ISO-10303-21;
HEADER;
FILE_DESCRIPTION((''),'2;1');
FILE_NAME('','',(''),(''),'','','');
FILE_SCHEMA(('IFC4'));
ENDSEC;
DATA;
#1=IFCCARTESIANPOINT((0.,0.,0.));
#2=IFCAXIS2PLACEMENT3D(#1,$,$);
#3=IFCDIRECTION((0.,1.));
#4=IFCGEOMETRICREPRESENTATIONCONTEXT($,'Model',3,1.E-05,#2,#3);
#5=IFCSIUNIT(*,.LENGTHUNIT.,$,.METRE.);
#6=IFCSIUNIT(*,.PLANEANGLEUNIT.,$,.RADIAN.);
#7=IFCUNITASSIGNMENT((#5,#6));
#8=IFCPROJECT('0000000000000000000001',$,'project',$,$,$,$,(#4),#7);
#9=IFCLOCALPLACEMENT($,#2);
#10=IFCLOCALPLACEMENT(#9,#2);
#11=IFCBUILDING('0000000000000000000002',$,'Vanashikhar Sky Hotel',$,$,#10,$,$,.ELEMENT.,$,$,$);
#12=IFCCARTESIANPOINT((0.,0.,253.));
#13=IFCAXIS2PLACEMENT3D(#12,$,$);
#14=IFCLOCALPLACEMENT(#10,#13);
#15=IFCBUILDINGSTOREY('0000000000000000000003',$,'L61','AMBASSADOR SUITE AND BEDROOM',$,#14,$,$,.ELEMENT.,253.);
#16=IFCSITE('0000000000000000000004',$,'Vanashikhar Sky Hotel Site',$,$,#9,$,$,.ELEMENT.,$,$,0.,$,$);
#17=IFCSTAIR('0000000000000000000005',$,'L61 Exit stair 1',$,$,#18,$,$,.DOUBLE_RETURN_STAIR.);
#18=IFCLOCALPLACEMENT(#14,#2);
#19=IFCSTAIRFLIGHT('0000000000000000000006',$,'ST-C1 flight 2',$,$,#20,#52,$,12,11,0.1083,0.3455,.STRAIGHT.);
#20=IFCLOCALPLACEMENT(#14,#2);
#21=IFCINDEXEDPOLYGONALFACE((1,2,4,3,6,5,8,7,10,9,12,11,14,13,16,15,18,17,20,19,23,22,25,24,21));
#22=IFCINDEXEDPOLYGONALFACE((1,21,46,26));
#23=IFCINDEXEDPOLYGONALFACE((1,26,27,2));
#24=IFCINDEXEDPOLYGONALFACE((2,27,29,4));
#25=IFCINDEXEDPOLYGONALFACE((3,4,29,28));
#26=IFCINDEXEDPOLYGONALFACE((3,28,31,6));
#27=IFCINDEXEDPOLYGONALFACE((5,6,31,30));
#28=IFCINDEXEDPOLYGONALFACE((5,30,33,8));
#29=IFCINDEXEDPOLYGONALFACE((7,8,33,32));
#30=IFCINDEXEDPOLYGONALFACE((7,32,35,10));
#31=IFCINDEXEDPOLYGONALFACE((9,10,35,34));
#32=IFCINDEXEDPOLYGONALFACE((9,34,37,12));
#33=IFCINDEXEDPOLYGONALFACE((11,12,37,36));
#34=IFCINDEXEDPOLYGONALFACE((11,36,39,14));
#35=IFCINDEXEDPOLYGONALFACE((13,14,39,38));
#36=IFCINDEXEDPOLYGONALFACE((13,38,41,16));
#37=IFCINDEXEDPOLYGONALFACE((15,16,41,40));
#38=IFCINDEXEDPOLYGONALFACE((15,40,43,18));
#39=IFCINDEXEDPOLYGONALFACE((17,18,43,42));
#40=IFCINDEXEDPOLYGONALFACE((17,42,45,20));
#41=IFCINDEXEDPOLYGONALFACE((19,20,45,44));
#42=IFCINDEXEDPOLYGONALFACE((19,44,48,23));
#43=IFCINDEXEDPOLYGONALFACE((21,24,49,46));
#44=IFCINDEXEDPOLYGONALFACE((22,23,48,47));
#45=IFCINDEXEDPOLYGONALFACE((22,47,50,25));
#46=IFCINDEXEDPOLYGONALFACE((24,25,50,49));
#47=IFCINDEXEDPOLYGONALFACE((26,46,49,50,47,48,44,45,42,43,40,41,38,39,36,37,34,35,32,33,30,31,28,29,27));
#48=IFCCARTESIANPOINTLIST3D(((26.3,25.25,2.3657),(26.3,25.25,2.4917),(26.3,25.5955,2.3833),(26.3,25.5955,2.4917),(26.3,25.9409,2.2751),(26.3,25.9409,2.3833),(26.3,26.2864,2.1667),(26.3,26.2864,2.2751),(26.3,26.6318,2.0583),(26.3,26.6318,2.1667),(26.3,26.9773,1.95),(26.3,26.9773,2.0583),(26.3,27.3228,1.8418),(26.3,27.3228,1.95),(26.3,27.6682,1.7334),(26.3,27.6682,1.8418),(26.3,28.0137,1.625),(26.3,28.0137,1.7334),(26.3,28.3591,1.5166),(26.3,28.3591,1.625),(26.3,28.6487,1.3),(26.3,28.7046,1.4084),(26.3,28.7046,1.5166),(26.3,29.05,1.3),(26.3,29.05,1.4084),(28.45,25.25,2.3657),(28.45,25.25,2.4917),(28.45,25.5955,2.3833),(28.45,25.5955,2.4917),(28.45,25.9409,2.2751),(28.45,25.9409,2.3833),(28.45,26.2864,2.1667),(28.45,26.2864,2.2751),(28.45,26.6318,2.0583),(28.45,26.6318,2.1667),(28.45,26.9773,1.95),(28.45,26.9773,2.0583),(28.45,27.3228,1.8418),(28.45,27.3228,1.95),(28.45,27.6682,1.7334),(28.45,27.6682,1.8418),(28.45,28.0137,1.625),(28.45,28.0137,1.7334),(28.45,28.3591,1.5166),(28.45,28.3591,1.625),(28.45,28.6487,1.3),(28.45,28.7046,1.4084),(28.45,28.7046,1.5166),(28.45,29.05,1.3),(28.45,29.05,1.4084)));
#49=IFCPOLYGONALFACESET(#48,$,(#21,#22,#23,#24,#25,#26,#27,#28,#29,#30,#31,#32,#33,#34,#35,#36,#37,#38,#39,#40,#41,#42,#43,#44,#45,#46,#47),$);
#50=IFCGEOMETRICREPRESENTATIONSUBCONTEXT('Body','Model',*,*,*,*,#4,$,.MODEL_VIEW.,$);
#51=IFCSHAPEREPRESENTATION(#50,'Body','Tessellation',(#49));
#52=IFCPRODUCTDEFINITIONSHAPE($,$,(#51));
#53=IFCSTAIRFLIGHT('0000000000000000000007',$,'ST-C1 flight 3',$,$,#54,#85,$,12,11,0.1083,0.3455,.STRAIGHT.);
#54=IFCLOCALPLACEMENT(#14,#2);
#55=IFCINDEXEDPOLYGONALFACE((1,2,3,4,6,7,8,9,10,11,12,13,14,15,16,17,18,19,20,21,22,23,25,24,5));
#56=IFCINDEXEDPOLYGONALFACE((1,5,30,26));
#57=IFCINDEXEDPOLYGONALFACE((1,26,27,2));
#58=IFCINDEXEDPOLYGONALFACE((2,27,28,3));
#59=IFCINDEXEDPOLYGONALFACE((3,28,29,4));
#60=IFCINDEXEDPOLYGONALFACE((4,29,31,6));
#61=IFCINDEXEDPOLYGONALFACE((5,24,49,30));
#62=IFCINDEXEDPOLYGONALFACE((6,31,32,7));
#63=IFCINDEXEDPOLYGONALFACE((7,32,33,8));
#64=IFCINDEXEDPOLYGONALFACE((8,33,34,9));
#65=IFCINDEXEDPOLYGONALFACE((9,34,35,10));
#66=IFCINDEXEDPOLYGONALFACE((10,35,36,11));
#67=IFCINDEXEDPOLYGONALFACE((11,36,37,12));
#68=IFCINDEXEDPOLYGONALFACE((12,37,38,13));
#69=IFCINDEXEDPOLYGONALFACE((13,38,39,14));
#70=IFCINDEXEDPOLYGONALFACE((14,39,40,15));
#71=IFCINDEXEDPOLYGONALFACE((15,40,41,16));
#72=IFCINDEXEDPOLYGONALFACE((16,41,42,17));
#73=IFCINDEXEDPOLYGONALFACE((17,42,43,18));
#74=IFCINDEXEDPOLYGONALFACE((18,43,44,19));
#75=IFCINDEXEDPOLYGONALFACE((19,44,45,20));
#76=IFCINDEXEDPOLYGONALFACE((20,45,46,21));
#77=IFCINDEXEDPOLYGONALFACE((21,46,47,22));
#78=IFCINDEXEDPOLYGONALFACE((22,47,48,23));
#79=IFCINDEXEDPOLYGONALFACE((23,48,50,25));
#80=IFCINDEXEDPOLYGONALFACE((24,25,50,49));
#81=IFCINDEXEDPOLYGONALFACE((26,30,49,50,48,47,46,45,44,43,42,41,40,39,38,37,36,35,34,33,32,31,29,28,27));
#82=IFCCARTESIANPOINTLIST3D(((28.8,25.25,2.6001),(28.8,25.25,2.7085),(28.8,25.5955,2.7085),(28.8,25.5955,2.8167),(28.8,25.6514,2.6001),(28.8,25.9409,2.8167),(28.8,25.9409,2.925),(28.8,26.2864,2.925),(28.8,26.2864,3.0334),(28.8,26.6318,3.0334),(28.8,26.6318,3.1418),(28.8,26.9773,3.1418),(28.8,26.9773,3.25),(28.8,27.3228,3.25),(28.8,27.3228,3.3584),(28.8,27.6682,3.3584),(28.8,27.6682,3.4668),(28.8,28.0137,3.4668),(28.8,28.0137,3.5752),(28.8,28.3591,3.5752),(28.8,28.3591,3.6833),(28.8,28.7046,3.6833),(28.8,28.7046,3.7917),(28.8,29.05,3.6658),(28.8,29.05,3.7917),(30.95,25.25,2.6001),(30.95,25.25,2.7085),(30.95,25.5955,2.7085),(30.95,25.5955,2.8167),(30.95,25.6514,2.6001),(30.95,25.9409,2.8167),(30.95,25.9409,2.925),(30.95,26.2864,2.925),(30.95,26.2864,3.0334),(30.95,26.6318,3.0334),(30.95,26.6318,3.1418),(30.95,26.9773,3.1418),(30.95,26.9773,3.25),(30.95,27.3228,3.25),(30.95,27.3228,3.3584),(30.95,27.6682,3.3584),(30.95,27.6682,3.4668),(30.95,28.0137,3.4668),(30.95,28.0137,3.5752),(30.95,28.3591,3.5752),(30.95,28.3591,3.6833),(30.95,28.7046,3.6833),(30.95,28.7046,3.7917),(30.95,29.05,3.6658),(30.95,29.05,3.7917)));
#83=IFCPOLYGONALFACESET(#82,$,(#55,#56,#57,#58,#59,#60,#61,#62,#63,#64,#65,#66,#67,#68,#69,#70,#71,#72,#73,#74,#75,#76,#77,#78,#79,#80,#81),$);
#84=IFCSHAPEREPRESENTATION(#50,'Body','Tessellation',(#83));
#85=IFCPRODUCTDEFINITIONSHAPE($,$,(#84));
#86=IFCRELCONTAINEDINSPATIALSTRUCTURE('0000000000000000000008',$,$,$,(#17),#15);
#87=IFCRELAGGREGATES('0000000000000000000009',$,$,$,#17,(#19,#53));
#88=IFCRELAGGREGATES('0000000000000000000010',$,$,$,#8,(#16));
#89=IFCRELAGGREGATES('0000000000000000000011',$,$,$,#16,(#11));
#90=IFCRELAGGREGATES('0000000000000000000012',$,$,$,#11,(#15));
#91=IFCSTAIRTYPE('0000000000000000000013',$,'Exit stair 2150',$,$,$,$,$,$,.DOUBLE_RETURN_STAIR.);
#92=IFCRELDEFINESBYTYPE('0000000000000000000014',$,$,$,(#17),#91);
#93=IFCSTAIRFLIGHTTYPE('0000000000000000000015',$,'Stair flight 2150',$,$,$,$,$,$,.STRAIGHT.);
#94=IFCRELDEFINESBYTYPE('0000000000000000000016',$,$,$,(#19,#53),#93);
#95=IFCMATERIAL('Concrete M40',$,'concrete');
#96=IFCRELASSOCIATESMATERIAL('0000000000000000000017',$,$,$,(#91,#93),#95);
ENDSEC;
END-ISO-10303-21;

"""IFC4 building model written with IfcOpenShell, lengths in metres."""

from ifc_helpers import new_model, si_unit, direction, frame, origin, place, context, subcontext, project, spatial, polyline, outline, extrude, source, transform, mapped, material, type_object, element, aggregate, save


model = new_model("IFC4")

# Units and contexts
model_context = context("Model", 3, precision=1e-05, world=origin(), true_north=direction((0.0, 1.0)))
body_context = subcontext(model_context, "Body", "Model", "MODEL_VIEW")
ifc_project = project(units=[si_unit("LENGTHUNIT", "METRE"), si_unit("PLANEANGLEUNIT", "RADIAN")], contexts=[model_context])

# Site, building, storey
site_placement = place(None, origin())
site = spatial("IfcSite", under=ifc_project, at=site_placement, Name="Vanashikhar Sky Hotel Site", CompositionType="ELEMENT", RefElevation=0.0)
building_placement = place(site_placement, origin())
building = spatial("IfcBuilding", under=site, at=building_placement, Name="Vanashikhar Sky Hotel", CompositionType="ELEMENT")
storey_placement = place(building_placement, frame((0.0, 0.0, 253.0)))
storey = spatial("IfcBuildingStorey", under=building, at=storey_placement, Name="L61", Description="AMBASSADOR SUITE AND BEDROOM", CompositionType="ELEMENT", Elevation=253.0)

# Shared definitions
ifc_material_1 = material(Name="Concrete M40", Category="concrete")

# Stair, stair flights
stair_type = type_object("IfcStairType", Name="Exit stair 2150", PredefinedType="DOUBLE_RETURN_STAIR", material=ifc_material_1)
stair_placement = place(storey_placement, origin())
stair = element("IfcStair", 1, at=stair_placement, inside=storey, type_object=stair_type, Name="L61 Exit stair 1", PredefinedType="DOUBLE_RETURN_STAIR")
stair_flight_type = type_object("IfcStairFlightType", Name="Stair flight 2150", PredefinedType="STRAIGHT", material=ifc_material_1)
shared_shape_1 = source(origin(), body_context, "Body", "SweptSolid", [
    extrude(outline(polyline([(0.0, 0.0), (0.0, 0.1084), (0.3455, 0.1084), (0.3455, 0.2166), (0.6909, 0.2166), (0.6909, 0.325), (1.0364, 0.325), (1.0364, 0.4333), (1.3818, 0.4333), (1.3818, 0.5417), (1.7273, 0.5417), (1.7273, 0.6499), (2.0728, 0.6499), (2.0728, 0.7583), (2.4182, 0.7583), (2.4182, 0.8667), (2.7637, 0.8667), (2.7637, 0.9751), (3.1091, 0.9751), (3.1091, 1.0833), (3.4546, 1.0833), (3.4546, 1.1917), (3.8, 1.1917), (3.8, 1.3), (3.8, 1.0657), (0.4014, 0.0), (0.0, 0.0)])), frame((0.0, 1.075, 0.0), z_axis=(0.0, -1.0, 0.0), x_axis=(1.0, 0.0, 0.0)), (0.0, 0.0, 1.0), 2.1499),
])
stair_flight_1_placement = place(storey_placement, frame((27.375, 29.05, 1.3), z_axis=(0.0, 0.0, 1.0), x_axis=(0.0, -1.0, 0.0)))
stair_flight_1 = element("IfcStairFlight", 2, at=stair_flight_1_placement, type_object=stair_flight_type, Name="ST-C1 flight 2", NumberOfRisers=12, NumberOfTreads=11, PredefinedType="STRAIGHT", RiserHeight=0.1083, TreadLength=0.3455, context=body_context, shape_type="MappedRepresentation", body=[
    mapped(shared_shape_1, transform((0.0, 0.0, 0.0), scale=1.0)),
])
stair_flight_2_placement = place(storey_placement, frame((29.875, 25.25, 2.6001), z_axis=(0.0, 0.0, 1.0), x_axis=(0.0, 1.0, 0.0)))
stair_flight_2 = element("IfcStairFlight", 3, at=stair_flight_2_placement, type_object=stair_flight_type, Name="ST-C1 flight 3", NumberOfRisers=12, NumberOfTreads=11, PredefinedType="STRAIGHT", RiserHeight=0.1083, TreadLength=0.3455, context=body_context, shape_type="MappedRepresentation", body=[
    mapped(shared_shape_1, transform((0.0, 0.0, 0.0), scale=1.0)),
])
aggregate(stair, [stair_flight_1, stair_flight_2])

save(model, "model.ifc")
